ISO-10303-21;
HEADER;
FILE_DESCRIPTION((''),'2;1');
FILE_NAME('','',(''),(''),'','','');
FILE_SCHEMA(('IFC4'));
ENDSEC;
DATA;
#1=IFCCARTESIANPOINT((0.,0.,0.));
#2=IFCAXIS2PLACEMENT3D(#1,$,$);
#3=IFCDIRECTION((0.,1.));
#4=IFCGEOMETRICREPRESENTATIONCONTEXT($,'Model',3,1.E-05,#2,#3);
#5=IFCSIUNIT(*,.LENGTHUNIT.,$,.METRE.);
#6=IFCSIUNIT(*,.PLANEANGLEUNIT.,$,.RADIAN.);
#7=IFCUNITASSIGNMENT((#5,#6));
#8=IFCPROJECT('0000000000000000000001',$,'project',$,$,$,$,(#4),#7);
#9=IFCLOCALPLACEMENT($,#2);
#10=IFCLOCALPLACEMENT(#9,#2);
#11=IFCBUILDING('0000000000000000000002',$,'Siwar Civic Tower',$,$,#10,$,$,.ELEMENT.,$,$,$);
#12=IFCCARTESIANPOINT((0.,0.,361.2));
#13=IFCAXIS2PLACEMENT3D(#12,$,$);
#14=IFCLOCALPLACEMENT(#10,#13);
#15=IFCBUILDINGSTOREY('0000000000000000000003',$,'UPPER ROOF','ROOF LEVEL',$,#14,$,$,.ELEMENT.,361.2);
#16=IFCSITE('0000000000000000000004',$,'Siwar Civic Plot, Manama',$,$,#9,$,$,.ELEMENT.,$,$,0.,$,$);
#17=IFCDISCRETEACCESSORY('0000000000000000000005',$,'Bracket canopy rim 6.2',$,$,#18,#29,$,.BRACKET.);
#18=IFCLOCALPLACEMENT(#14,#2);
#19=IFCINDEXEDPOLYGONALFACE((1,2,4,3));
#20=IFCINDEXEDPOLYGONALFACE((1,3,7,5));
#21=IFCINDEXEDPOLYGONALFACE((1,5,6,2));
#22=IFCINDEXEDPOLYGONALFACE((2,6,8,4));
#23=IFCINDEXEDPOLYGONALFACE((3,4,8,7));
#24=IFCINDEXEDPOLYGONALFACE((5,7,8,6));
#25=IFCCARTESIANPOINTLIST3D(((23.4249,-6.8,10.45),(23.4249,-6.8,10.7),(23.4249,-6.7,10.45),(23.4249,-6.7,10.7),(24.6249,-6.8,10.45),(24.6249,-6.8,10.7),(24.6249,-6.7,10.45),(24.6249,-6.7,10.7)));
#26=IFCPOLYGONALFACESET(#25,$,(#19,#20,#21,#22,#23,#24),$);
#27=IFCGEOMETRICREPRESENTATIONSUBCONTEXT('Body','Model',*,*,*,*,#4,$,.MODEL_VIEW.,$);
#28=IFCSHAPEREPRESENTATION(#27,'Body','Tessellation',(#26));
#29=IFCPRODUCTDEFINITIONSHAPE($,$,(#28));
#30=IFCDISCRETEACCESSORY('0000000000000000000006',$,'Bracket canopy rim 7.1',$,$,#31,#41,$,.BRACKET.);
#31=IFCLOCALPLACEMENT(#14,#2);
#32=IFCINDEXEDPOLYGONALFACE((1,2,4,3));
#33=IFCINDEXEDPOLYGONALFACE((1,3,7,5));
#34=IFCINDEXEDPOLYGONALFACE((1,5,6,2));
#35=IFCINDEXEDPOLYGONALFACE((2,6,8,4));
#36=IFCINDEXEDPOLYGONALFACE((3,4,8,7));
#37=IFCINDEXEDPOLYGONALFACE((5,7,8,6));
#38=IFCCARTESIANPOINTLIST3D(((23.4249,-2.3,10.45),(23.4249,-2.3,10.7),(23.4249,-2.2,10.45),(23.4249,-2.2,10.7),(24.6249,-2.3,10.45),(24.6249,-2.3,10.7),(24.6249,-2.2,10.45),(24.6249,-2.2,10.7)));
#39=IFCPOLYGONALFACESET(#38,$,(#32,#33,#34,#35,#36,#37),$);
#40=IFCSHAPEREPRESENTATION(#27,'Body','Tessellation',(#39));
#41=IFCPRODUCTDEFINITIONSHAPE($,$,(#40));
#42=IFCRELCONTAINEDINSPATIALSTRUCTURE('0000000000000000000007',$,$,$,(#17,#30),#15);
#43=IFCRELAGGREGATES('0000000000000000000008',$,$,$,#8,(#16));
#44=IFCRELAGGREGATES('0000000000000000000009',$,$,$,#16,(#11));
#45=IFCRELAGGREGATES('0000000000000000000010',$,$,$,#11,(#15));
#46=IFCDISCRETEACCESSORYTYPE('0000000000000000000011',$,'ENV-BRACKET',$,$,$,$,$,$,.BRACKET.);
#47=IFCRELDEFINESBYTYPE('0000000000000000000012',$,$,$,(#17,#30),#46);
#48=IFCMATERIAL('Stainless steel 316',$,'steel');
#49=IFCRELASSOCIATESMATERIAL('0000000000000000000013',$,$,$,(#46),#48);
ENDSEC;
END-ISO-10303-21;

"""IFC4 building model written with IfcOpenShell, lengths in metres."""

from ifc_helpers import new_model, si_unit, direction, frame, origin, origin_2d, place, context, subcontext, project, spatial, rectangle, extrude, material, type_object, element, save


model = new_model("IFC4")

# Units and contexts
model_context = context("Model", 3, precision=1e-05, world=origin(), true_north=direction((0.0, 1.0)))
body_context = subcontext(model_context, "Body", "Model", "MODEL_VIEW")
ifc_project = project(units=[si_unit("LENGTHUNIT", "METRE"), si_unit("PLANEANGLEUNIT", "RADIAN")], contexts=[model_context])

# Site, building, storey
site_placement = place(None, origin())
site = spatial("IfcSite", under=ifc_project, at=site_placement, Name="Siwar Civic Plot, Manama", CompositionType="ELEMENT", RefElevation=0.0)
building_placement = place(site_placement, origin())
building = spatial("IfcBuilding", under=site, at=building_placement, Name="Siwar Civic Tower", CompositionType="ELEMENT")
storey_placement = place(building_placement, frame((0.0, 0.0, 361.2)))
storey = spatial("IfcBuildingStorey", under=building, at=storey_placement, Name="UPPER ROOF", Description="ROOF LEVEL", CompositionType="ELEMENT", Elevation=361.2)

# Discrete accessories
ifc_material_1 = material(Name="Stainless steel 316", Category="steel")
discrete_accessory_type = type_object("IfcDiscreteAccessoryType", Name="ENV-BRACKET", PredefinedType="BRACKET", material=ifc_material_1)
for number, where, z_axis, x_axis, name in (
    (1, (24.0249, -6.75, 10.45), (0.0, 0.0, 1.0), (0.0, 1.0, 0.0), "Bracket canopy rim 6.2"),
    (2, (24.0249, -2.25, 10.45), (0.0, 0.0, 1.0), (0.0, 1.0, 0.0), "Bracket canopy rim 7.1"),
):
    element("IfcDiscreteAccessory", number, at=place(storey_placement, frame(where, z_axis=z_axis, x_axis=x_axis)), inside=storey, type_object=discrete_accessory_type, Name=name, PredefinedType="BRACKET", context=body_context, shape_type="SweptSolid", body=[
        extrude(rectangle(XDim=0.1001, YDim=1.2, at=origin_2d()), origin(), (0.0, 0.0, 1.0), 0.25),
    ])

save(model, "model.ifc")
